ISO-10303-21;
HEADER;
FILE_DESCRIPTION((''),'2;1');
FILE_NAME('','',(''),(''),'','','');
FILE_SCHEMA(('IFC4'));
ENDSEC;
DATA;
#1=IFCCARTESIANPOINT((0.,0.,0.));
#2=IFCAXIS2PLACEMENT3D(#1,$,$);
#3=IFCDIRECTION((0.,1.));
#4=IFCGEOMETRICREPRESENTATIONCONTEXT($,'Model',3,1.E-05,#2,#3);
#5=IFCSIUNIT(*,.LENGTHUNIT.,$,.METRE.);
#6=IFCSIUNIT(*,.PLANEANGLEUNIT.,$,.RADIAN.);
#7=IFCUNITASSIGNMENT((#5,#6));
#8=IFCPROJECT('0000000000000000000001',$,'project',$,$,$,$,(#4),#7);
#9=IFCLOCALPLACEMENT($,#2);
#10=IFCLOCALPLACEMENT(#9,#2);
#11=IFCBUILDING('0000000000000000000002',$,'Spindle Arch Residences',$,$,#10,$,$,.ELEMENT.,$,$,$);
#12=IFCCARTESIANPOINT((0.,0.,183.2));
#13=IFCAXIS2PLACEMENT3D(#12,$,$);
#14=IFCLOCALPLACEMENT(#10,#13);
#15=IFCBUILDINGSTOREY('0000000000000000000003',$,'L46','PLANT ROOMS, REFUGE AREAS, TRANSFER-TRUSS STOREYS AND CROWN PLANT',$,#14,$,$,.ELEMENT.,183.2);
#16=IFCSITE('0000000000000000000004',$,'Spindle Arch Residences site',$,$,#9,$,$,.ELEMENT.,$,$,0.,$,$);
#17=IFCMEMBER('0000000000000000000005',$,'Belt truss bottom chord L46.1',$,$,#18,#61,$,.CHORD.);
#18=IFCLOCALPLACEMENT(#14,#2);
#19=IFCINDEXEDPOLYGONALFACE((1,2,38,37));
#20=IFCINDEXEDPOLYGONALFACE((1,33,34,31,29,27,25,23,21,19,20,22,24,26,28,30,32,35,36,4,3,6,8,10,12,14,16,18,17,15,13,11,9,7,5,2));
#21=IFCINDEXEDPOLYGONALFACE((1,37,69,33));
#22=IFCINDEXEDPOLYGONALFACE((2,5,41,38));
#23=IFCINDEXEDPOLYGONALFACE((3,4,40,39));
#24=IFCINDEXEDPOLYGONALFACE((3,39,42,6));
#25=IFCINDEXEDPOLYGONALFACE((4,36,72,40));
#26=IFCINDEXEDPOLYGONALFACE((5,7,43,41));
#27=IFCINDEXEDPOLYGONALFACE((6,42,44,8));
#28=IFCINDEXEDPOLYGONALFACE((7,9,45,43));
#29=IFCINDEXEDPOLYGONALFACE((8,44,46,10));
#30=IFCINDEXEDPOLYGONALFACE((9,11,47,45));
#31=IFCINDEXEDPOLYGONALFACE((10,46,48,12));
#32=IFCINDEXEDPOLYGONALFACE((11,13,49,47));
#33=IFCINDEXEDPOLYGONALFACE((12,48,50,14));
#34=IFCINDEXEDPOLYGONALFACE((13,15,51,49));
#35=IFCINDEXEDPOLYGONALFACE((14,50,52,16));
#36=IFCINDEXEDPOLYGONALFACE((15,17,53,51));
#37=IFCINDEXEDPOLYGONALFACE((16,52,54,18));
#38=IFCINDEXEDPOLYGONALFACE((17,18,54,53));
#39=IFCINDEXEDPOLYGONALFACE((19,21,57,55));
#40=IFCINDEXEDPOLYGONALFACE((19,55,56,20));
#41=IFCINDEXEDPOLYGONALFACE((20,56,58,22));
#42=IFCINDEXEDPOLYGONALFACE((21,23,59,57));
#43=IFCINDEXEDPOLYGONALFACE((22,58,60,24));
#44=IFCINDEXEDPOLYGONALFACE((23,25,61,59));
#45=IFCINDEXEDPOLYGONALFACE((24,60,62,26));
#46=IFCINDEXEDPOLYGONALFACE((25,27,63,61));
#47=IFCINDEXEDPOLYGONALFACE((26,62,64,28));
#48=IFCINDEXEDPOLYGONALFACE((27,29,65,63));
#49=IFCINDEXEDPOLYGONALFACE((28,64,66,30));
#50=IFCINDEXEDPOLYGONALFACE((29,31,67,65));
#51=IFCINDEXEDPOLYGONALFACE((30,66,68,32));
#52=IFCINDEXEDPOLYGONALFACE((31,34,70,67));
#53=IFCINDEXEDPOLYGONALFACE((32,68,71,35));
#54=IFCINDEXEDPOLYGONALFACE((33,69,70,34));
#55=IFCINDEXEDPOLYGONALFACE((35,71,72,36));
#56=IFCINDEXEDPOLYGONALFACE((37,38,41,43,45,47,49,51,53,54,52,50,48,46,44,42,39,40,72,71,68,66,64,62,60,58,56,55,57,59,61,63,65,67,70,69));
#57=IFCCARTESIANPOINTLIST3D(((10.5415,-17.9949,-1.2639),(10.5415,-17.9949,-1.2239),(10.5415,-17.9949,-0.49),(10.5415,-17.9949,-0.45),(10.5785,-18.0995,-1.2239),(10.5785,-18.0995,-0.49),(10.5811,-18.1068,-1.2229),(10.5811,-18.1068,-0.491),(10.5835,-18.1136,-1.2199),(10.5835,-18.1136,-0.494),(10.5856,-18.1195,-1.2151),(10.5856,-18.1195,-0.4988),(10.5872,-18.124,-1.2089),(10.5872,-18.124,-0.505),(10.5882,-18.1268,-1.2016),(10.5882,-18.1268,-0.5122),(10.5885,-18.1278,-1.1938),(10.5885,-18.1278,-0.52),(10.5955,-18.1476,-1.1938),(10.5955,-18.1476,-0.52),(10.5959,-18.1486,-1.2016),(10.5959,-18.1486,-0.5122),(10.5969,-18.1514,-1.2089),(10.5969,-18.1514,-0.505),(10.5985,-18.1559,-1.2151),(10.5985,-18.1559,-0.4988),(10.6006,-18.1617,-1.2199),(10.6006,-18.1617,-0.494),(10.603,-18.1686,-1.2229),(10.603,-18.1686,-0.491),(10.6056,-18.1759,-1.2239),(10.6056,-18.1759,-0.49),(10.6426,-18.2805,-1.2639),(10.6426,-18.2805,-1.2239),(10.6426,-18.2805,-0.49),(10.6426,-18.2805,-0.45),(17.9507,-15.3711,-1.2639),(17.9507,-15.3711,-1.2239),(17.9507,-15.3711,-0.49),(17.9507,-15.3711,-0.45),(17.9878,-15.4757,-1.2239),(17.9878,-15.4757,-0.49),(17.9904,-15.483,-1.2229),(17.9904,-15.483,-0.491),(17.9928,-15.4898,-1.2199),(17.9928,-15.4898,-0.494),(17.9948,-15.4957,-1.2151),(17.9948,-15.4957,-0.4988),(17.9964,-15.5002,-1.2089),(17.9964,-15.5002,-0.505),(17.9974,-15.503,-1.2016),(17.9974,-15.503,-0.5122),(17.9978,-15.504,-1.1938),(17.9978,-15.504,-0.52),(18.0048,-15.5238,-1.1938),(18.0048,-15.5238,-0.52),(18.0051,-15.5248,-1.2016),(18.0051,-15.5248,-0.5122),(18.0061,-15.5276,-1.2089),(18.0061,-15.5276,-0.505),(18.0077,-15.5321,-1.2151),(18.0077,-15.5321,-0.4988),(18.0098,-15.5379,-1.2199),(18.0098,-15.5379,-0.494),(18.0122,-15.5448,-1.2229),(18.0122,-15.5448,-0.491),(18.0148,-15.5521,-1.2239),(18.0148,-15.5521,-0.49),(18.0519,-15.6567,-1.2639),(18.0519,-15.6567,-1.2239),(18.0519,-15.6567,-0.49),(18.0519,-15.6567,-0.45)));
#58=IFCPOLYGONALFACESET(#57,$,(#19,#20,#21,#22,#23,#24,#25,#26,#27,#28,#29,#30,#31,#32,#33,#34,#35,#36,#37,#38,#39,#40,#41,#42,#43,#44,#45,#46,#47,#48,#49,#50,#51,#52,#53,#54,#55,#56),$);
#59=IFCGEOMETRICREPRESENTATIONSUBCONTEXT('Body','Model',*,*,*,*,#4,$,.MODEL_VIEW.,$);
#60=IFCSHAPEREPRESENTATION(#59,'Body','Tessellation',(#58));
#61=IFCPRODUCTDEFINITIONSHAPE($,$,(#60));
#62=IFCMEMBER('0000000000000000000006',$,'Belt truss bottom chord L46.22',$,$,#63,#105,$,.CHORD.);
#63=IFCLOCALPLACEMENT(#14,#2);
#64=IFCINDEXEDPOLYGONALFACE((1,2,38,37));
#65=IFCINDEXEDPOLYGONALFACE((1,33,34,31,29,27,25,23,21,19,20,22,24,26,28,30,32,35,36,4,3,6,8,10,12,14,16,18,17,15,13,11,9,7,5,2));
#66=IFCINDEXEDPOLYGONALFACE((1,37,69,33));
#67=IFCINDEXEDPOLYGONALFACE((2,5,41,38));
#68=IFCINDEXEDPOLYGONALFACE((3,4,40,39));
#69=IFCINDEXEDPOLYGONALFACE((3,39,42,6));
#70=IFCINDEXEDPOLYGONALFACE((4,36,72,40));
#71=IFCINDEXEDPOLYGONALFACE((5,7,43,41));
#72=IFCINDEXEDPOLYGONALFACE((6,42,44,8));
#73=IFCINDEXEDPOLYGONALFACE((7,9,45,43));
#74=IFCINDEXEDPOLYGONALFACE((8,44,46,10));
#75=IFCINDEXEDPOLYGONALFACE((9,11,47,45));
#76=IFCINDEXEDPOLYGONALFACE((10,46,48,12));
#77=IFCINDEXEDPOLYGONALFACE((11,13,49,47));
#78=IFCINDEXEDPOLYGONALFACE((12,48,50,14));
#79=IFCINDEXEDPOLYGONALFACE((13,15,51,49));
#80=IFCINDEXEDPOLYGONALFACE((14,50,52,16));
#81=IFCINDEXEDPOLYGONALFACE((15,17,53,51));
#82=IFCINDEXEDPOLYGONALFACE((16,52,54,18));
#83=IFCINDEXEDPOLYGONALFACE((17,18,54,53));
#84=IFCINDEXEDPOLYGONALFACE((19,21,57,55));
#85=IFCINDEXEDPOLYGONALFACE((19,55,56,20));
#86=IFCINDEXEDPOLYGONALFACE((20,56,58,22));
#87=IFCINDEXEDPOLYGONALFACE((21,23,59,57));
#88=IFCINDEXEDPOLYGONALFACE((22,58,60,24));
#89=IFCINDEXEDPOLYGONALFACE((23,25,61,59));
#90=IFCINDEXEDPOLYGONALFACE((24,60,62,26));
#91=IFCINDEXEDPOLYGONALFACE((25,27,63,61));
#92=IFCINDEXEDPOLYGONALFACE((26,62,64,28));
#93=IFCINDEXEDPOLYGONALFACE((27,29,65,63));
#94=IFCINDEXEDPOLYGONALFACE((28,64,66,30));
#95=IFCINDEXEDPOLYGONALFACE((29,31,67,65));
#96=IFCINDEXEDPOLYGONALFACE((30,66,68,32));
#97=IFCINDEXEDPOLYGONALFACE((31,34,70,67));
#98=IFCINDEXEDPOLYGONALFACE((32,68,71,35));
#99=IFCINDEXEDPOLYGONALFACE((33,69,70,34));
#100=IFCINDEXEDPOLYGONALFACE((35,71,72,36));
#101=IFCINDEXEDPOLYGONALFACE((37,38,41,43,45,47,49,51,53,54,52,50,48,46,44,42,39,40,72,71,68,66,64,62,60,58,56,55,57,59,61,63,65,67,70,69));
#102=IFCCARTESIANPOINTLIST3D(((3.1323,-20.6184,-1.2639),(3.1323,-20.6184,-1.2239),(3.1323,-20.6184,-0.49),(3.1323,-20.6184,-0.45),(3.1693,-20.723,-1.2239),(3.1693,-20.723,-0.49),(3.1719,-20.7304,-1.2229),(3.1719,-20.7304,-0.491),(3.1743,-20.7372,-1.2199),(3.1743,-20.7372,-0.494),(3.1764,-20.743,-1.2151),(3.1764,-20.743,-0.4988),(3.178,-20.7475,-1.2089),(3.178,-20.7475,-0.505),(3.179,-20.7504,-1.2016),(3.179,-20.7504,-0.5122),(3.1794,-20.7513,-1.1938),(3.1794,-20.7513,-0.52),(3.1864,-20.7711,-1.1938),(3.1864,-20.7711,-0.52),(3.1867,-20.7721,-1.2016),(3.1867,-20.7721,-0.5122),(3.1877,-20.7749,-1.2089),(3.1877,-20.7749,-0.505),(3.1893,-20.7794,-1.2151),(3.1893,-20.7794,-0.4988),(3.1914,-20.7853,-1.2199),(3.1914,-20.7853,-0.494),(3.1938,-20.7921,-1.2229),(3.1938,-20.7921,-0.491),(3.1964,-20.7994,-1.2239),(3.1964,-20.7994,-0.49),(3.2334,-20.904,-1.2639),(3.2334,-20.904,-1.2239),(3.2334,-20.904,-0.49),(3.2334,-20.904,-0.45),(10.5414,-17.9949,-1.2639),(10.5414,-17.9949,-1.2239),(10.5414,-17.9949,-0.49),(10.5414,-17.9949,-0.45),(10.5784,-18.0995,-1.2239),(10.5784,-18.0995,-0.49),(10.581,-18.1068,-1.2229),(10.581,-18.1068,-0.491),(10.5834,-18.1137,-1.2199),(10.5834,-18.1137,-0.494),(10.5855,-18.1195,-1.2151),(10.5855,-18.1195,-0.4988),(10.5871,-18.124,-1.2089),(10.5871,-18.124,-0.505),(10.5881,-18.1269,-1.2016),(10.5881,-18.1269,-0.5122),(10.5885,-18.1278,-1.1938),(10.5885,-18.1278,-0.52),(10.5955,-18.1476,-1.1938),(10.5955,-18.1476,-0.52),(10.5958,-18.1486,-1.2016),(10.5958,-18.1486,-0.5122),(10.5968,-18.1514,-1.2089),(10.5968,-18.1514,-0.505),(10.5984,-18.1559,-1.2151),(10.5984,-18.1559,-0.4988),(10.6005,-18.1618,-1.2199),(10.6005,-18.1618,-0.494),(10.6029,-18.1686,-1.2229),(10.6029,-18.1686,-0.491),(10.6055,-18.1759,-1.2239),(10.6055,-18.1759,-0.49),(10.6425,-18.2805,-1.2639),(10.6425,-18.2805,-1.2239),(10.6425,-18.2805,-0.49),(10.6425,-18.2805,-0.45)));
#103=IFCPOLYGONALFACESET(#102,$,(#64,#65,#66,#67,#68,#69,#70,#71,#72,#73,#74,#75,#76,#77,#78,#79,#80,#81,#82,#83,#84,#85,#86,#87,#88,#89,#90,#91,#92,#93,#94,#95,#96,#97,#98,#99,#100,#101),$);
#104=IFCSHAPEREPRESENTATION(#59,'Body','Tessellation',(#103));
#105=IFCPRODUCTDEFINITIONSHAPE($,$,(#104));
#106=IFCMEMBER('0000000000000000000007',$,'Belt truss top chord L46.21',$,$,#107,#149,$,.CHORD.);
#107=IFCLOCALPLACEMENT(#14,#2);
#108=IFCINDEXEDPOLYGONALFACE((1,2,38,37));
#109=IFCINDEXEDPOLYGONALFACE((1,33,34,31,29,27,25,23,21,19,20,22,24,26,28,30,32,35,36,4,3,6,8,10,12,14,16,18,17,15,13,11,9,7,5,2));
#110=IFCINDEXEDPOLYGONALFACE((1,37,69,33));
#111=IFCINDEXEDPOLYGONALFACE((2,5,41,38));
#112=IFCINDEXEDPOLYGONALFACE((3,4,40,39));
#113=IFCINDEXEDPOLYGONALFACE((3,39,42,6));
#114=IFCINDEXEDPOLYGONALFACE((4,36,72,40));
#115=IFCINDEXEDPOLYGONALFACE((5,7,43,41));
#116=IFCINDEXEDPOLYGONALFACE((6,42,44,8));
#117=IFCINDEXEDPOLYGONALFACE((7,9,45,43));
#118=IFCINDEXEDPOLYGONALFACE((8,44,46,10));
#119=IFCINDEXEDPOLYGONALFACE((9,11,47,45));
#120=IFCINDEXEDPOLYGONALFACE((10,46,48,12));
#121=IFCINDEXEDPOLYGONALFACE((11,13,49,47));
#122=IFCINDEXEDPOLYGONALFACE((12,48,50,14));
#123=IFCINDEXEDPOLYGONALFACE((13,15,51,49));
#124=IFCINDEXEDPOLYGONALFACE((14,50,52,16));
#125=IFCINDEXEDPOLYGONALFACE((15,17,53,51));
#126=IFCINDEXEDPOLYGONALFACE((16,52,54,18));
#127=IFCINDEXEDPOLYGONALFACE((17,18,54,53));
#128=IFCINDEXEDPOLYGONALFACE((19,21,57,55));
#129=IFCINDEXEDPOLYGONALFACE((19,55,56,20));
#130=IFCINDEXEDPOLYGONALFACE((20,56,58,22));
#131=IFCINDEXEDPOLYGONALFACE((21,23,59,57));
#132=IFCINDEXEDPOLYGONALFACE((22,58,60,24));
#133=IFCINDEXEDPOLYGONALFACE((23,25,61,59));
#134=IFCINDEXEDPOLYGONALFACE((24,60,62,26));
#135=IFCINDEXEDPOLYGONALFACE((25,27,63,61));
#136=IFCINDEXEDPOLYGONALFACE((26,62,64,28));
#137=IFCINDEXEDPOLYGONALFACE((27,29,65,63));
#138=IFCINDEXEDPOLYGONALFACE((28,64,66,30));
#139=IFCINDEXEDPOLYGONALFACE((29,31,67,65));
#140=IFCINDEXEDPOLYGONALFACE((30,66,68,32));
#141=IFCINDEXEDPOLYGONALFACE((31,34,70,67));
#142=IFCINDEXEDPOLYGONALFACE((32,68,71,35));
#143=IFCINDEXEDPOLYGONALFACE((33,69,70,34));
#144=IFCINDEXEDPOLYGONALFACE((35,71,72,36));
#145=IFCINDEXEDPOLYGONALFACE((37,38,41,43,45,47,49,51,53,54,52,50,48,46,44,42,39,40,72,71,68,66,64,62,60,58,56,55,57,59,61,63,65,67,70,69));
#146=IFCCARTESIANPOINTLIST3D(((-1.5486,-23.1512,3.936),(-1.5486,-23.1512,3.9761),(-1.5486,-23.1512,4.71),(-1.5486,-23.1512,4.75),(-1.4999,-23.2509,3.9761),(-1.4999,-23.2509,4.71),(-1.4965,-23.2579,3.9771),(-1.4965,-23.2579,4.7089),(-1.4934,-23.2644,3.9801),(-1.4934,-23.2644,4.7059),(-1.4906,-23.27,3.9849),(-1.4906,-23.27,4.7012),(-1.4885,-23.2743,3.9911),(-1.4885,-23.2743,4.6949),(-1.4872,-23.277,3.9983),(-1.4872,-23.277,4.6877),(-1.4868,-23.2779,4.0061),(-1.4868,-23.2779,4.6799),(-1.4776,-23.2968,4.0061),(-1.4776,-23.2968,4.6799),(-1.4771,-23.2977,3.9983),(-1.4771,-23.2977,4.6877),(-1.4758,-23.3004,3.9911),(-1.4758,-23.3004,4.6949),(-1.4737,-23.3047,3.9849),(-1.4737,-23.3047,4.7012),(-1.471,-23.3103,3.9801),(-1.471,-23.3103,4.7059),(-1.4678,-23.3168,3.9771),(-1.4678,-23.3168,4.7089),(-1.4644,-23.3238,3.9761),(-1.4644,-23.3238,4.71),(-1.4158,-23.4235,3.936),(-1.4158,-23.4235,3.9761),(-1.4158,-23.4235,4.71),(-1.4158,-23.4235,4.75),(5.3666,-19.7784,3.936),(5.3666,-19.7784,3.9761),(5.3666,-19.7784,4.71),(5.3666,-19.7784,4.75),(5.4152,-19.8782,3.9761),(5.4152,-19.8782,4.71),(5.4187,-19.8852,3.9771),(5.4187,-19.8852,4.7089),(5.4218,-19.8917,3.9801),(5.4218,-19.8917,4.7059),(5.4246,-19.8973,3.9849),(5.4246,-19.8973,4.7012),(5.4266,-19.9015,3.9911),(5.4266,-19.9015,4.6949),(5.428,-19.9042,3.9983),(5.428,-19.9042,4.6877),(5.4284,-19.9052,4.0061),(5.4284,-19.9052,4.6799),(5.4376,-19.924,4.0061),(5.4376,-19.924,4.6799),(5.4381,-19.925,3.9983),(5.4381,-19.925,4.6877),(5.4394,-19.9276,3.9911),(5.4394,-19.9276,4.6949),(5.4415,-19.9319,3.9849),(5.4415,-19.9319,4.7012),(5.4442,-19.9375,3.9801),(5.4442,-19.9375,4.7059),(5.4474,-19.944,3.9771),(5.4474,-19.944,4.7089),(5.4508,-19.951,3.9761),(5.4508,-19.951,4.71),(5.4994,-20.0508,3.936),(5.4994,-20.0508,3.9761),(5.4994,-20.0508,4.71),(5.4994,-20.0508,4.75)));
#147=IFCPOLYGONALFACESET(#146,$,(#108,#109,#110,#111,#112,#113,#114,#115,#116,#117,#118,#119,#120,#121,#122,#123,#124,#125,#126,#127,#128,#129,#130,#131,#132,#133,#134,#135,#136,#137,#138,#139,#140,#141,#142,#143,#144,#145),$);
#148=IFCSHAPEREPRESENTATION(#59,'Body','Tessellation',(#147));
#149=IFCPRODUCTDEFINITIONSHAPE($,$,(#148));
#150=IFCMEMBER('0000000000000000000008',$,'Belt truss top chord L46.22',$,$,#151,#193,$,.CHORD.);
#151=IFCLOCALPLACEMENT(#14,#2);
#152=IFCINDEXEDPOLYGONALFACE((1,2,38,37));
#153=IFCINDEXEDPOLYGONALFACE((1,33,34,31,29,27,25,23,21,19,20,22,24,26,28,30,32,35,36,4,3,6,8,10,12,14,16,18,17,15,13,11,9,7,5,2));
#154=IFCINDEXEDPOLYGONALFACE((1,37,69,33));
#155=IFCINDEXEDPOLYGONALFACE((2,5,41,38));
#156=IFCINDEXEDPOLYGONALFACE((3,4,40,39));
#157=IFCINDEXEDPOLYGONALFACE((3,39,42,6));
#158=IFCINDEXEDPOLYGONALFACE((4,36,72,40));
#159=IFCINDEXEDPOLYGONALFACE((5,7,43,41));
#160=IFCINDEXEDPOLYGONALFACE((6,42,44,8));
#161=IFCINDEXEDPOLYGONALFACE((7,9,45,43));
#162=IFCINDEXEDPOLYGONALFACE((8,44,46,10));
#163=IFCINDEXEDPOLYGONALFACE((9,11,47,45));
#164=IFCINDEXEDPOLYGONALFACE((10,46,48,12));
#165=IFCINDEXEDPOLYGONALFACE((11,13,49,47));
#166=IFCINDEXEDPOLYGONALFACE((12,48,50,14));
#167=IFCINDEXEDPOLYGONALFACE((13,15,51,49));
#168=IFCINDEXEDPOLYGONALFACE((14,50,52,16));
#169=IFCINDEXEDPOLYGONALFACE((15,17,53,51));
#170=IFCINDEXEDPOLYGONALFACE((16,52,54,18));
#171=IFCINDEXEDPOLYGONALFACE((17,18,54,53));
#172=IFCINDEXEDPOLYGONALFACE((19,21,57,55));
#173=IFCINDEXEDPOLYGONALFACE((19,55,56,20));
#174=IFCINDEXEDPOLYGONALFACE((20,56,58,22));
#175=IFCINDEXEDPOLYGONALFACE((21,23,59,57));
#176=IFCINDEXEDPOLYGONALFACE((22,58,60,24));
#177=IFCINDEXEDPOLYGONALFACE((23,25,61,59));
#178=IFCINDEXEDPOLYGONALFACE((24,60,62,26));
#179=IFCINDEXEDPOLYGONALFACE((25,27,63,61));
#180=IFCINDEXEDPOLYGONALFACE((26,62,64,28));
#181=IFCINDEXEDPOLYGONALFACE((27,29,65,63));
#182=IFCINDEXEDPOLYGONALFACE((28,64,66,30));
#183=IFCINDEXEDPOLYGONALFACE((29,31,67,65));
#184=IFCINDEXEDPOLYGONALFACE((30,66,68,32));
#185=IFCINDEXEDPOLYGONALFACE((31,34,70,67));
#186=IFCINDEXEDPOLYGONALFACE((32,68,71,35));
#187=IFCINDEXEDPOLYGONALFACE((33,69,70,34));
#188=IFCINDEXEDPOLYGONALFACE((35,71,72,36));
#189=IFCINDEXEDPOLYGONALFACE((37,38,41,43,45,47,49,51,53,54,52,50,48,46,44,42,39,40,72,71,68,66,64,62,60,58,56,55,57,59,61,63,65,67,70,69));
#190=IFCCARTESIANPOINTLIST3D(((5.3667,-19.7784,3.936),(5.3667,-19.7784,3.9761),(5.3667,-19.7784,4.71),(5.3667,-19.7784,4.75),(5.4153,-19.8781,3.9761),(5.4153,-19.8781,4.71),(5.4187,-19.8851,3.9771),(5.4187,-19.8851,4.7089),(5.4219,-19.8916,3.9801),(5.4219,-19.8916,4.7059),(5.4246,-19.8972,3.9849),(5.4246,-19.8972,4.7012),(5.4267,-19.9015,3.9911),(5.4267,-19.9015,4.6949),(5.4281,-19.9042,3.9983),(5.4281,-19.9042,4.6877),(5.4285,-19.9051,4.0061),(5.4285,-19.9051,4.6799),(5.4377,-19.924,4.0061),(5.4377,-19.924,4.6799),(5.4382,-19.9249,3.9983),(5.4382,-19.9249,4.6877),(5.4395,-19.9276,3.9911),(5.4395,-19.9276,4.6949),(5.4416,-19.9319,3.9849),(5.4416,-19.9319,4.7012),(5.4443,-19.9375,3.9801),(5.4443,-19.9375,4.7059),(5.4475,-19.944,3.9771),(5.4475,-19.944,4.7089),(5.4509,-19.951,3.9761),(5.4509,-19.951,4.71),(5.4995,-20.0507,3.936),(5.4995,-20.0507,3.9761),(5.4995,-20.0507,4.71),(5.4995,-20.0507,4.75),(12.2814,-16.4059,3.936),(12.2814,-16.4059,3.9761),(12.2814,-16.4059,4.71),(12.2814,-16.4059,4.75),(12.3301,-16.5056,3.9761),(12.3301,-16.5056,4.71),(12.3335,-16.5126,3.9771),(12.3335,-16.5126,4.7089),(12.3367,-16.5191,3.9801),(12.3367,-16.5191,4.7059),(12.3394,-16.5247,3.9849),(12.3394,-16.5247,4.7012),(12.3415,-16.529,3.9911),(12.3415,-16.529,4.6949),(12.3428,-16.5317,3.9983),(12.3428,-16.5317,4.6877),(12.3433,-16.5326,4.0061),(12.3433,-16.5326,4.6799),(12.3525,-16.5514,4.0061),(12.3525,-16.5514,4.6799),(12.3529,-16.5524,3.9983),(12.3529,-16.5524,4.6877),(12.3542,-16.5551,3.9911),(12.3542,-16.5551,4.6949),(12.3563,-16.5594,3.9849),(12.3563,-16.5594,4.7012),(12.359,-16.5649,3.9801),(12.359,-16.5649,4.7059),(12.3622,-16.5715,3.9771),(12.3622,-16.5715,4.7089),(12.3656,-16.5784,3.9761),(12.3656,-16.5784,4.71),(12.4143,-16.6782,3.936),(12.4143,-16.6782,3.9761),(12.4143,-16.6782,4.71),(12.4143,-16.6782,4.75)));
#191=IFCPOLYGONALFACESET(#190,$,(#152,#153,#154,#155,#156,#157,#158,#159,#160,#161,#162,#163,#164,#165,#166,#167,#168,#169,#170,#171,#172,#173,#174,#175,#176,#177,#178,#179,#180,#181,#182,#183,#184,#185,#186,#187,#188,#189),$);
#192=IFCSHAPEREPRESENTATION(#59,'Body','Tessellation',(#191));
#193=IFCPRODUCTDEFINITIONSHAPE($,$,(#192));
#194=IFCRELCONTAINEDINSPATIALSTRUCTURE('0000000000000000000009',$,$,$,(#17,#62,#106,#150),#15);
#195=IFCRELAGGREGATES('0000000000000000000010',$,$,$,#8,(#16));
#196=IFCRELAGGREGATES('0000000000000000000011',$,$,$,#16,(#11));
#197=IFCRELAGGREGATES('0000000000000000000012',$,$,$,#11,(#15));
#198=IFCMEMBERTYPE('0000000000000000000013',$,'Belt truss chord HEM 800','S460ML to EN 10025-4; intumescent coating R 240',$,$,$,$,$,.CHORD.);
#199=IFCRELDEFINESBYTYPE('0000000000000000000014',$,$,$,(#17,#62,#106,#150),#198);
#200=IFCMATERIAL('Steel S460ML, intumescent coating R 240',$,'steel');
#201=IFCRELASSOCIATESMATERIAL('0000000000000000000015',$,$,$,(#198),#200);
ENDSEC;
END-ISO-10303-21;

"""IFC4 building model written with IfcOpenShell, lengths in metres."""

from ifc_helpers import new_model, si_unit, direction, frame, origin, origin_2d, place, context, subcontext, project, spatial, i_section, extrude, material, material_profile, profile_set, type_object, element, save


model = new_model("IFC4")

# Units and contexts
model_context = context("Model", 3, precision=1e-05, world=origin(), true_north=direction((0.0, 1.0)))
body_context = subcontext(model_context, "Body", "Model", "MODEL_VIEW")
ifc_project = project(units=[si_unit("LENGTHUNIT", "METRE"), si_unit("PLANEANGLEUNIT", "RADIAN")], contexts=[model_context])

# Site, building, storey
site_placement = place(None, origin())
site = spatial("IfcSite", under=ifc_project, at=site_placement, Name="Spindle Arch Residences site", CompositionType="ELEMENT", RefElevation=0.0)
building_placement = place(site_placement, origin())
building = spatial("IfcBuilding", under=site, at=building_placement, Name="Spindle Arch Residences", CompositionType="ELEMENT")
storey_placement = place(building_placement, frame((0.0, 0.0, 183.2)))
storey = spatial("IfcBuildingStorey", under=building, at=storey_placement, Name="L46", Description="PLANT ROOMS, REFUGE AREAS, TRANSFER-TRUSS STOREYS AND CROWN PLANT", CompositionType="ELEMENT", Elevation=183.2)

# Members
ifc_material_1 = material(Name="Steel S460ML, intumescent coating R 240", Category="steel")
ifc_material_profile_1 = material_profile(ifc_material_1, i_section(OverallWidth=0.303, OverallDepth=0.814, WebThickness=0.021, FlangeThickness=0.04, FilletRadius=0.03, at=origin_2d()), Name="HEM 800")
ifc_profile_set_1 = profile_set([ifc_material_profile_1], Name="Steel S460ML, intumescent coating R 240")
member_type_1 = type_object("IfcMemberType", Name="Belt truss chord HEM 800", Description="S460ML to EN 10025-4; intumescent coating R 240", PredefinedType="CHORD", material=ifc_profile_set_1)
member_1_placement = place(storey_placement, frame((10.592, -18.1377, -0.8569), z_axis=(0.942639, 0.333813, 0.0), x_axis=(-0.333813, 0.942639, 0.0)))
element("IfcMember", 1, at=member_1_placement, inside=storey, type_object=member_type_1, Name="Belt truss bottom chord L46.1", PredefinedType="CHORD", context=body_context, shape_type="SweptSolid", body=[
    extrude(i_section(OverallWidth=0.303, OverallDepth=0.814, WebThickness=0.021, FlangeThickness=0.04, FilletRadius=0.03, at=origin_2d()), origin(), (0.0, 0.0, 1.0), 7.8601),
])
member_2_placement = place(storey_placement, frame((3.1829, -20.7612, -0.8569), z_axis=(0.942649, 0.333785, 0.0), x_axis=(-0.333785, 0.942649, 0.0)))
element("IfcMember", 2, at=member_2_placement, inside=storey, type_object=member_type_1, Name="Belt truss bottom chord L46.22", PredefinedType="CHORD", context=body_context, shape_type="SweptSolid", body=[
    extrude(i_section(OverallWidth=0.303, OverallDepth=0.814, WebThickness=0.021, FlangeThickness=0.04, FilletRadius=0.03, at=origin_2d()), origin(), (0.0, 0.0, 1.0), 7.8599),
])
member_3_placement = place(storey_placement, frame((-1.4822, -23.2874, 4.343), z_axis=(0.898794, 0.43837, 0.0), x_axis=(-0.43837, 0.898794, 0.0)))
element("IfcMember", 3, at=member_3_placement, inside=storey, type_object=member_type_1, Name="Belt truss top chord L46.21", PredefinedType="CHORD", context=body_context, shape_type="SweptSolid", body=[
    extrude(i_section(OverallWidth=0.303, OverallDepth=0.814, WebThickness=0.021, FlangeThickness=0.04, FilletRadius=0.03, at=origin_2d()), origin(), (0.0, 0.0, 1.0), 7.6938),
])
member_4_placement = place(storey_placement, frame((5.4331, -19.9146, 4.343), z_axis=(0.898795, 0.43837, 0.0), x_axis=(-0.43837, 0.898795, 0.0)))
element("IfcMember", 4, at=member_4_placement, inside=storey, type_object=member_type_1, Name="Belt truss top chord L46.22", PredefinedType="CHORD", context=body_context, shape_type="SweptSolid", body=[
    extrude(i_section(OverallWidth=0.303, OverallDepth=0.814, WebThickness=0.021, FlangeThickness=0.04, FilletRadius=0.03, at=origin_2d()), origin(), (0.0, 0.0, 1.0), 7.6934),
])

save(model, "model.ifc")
